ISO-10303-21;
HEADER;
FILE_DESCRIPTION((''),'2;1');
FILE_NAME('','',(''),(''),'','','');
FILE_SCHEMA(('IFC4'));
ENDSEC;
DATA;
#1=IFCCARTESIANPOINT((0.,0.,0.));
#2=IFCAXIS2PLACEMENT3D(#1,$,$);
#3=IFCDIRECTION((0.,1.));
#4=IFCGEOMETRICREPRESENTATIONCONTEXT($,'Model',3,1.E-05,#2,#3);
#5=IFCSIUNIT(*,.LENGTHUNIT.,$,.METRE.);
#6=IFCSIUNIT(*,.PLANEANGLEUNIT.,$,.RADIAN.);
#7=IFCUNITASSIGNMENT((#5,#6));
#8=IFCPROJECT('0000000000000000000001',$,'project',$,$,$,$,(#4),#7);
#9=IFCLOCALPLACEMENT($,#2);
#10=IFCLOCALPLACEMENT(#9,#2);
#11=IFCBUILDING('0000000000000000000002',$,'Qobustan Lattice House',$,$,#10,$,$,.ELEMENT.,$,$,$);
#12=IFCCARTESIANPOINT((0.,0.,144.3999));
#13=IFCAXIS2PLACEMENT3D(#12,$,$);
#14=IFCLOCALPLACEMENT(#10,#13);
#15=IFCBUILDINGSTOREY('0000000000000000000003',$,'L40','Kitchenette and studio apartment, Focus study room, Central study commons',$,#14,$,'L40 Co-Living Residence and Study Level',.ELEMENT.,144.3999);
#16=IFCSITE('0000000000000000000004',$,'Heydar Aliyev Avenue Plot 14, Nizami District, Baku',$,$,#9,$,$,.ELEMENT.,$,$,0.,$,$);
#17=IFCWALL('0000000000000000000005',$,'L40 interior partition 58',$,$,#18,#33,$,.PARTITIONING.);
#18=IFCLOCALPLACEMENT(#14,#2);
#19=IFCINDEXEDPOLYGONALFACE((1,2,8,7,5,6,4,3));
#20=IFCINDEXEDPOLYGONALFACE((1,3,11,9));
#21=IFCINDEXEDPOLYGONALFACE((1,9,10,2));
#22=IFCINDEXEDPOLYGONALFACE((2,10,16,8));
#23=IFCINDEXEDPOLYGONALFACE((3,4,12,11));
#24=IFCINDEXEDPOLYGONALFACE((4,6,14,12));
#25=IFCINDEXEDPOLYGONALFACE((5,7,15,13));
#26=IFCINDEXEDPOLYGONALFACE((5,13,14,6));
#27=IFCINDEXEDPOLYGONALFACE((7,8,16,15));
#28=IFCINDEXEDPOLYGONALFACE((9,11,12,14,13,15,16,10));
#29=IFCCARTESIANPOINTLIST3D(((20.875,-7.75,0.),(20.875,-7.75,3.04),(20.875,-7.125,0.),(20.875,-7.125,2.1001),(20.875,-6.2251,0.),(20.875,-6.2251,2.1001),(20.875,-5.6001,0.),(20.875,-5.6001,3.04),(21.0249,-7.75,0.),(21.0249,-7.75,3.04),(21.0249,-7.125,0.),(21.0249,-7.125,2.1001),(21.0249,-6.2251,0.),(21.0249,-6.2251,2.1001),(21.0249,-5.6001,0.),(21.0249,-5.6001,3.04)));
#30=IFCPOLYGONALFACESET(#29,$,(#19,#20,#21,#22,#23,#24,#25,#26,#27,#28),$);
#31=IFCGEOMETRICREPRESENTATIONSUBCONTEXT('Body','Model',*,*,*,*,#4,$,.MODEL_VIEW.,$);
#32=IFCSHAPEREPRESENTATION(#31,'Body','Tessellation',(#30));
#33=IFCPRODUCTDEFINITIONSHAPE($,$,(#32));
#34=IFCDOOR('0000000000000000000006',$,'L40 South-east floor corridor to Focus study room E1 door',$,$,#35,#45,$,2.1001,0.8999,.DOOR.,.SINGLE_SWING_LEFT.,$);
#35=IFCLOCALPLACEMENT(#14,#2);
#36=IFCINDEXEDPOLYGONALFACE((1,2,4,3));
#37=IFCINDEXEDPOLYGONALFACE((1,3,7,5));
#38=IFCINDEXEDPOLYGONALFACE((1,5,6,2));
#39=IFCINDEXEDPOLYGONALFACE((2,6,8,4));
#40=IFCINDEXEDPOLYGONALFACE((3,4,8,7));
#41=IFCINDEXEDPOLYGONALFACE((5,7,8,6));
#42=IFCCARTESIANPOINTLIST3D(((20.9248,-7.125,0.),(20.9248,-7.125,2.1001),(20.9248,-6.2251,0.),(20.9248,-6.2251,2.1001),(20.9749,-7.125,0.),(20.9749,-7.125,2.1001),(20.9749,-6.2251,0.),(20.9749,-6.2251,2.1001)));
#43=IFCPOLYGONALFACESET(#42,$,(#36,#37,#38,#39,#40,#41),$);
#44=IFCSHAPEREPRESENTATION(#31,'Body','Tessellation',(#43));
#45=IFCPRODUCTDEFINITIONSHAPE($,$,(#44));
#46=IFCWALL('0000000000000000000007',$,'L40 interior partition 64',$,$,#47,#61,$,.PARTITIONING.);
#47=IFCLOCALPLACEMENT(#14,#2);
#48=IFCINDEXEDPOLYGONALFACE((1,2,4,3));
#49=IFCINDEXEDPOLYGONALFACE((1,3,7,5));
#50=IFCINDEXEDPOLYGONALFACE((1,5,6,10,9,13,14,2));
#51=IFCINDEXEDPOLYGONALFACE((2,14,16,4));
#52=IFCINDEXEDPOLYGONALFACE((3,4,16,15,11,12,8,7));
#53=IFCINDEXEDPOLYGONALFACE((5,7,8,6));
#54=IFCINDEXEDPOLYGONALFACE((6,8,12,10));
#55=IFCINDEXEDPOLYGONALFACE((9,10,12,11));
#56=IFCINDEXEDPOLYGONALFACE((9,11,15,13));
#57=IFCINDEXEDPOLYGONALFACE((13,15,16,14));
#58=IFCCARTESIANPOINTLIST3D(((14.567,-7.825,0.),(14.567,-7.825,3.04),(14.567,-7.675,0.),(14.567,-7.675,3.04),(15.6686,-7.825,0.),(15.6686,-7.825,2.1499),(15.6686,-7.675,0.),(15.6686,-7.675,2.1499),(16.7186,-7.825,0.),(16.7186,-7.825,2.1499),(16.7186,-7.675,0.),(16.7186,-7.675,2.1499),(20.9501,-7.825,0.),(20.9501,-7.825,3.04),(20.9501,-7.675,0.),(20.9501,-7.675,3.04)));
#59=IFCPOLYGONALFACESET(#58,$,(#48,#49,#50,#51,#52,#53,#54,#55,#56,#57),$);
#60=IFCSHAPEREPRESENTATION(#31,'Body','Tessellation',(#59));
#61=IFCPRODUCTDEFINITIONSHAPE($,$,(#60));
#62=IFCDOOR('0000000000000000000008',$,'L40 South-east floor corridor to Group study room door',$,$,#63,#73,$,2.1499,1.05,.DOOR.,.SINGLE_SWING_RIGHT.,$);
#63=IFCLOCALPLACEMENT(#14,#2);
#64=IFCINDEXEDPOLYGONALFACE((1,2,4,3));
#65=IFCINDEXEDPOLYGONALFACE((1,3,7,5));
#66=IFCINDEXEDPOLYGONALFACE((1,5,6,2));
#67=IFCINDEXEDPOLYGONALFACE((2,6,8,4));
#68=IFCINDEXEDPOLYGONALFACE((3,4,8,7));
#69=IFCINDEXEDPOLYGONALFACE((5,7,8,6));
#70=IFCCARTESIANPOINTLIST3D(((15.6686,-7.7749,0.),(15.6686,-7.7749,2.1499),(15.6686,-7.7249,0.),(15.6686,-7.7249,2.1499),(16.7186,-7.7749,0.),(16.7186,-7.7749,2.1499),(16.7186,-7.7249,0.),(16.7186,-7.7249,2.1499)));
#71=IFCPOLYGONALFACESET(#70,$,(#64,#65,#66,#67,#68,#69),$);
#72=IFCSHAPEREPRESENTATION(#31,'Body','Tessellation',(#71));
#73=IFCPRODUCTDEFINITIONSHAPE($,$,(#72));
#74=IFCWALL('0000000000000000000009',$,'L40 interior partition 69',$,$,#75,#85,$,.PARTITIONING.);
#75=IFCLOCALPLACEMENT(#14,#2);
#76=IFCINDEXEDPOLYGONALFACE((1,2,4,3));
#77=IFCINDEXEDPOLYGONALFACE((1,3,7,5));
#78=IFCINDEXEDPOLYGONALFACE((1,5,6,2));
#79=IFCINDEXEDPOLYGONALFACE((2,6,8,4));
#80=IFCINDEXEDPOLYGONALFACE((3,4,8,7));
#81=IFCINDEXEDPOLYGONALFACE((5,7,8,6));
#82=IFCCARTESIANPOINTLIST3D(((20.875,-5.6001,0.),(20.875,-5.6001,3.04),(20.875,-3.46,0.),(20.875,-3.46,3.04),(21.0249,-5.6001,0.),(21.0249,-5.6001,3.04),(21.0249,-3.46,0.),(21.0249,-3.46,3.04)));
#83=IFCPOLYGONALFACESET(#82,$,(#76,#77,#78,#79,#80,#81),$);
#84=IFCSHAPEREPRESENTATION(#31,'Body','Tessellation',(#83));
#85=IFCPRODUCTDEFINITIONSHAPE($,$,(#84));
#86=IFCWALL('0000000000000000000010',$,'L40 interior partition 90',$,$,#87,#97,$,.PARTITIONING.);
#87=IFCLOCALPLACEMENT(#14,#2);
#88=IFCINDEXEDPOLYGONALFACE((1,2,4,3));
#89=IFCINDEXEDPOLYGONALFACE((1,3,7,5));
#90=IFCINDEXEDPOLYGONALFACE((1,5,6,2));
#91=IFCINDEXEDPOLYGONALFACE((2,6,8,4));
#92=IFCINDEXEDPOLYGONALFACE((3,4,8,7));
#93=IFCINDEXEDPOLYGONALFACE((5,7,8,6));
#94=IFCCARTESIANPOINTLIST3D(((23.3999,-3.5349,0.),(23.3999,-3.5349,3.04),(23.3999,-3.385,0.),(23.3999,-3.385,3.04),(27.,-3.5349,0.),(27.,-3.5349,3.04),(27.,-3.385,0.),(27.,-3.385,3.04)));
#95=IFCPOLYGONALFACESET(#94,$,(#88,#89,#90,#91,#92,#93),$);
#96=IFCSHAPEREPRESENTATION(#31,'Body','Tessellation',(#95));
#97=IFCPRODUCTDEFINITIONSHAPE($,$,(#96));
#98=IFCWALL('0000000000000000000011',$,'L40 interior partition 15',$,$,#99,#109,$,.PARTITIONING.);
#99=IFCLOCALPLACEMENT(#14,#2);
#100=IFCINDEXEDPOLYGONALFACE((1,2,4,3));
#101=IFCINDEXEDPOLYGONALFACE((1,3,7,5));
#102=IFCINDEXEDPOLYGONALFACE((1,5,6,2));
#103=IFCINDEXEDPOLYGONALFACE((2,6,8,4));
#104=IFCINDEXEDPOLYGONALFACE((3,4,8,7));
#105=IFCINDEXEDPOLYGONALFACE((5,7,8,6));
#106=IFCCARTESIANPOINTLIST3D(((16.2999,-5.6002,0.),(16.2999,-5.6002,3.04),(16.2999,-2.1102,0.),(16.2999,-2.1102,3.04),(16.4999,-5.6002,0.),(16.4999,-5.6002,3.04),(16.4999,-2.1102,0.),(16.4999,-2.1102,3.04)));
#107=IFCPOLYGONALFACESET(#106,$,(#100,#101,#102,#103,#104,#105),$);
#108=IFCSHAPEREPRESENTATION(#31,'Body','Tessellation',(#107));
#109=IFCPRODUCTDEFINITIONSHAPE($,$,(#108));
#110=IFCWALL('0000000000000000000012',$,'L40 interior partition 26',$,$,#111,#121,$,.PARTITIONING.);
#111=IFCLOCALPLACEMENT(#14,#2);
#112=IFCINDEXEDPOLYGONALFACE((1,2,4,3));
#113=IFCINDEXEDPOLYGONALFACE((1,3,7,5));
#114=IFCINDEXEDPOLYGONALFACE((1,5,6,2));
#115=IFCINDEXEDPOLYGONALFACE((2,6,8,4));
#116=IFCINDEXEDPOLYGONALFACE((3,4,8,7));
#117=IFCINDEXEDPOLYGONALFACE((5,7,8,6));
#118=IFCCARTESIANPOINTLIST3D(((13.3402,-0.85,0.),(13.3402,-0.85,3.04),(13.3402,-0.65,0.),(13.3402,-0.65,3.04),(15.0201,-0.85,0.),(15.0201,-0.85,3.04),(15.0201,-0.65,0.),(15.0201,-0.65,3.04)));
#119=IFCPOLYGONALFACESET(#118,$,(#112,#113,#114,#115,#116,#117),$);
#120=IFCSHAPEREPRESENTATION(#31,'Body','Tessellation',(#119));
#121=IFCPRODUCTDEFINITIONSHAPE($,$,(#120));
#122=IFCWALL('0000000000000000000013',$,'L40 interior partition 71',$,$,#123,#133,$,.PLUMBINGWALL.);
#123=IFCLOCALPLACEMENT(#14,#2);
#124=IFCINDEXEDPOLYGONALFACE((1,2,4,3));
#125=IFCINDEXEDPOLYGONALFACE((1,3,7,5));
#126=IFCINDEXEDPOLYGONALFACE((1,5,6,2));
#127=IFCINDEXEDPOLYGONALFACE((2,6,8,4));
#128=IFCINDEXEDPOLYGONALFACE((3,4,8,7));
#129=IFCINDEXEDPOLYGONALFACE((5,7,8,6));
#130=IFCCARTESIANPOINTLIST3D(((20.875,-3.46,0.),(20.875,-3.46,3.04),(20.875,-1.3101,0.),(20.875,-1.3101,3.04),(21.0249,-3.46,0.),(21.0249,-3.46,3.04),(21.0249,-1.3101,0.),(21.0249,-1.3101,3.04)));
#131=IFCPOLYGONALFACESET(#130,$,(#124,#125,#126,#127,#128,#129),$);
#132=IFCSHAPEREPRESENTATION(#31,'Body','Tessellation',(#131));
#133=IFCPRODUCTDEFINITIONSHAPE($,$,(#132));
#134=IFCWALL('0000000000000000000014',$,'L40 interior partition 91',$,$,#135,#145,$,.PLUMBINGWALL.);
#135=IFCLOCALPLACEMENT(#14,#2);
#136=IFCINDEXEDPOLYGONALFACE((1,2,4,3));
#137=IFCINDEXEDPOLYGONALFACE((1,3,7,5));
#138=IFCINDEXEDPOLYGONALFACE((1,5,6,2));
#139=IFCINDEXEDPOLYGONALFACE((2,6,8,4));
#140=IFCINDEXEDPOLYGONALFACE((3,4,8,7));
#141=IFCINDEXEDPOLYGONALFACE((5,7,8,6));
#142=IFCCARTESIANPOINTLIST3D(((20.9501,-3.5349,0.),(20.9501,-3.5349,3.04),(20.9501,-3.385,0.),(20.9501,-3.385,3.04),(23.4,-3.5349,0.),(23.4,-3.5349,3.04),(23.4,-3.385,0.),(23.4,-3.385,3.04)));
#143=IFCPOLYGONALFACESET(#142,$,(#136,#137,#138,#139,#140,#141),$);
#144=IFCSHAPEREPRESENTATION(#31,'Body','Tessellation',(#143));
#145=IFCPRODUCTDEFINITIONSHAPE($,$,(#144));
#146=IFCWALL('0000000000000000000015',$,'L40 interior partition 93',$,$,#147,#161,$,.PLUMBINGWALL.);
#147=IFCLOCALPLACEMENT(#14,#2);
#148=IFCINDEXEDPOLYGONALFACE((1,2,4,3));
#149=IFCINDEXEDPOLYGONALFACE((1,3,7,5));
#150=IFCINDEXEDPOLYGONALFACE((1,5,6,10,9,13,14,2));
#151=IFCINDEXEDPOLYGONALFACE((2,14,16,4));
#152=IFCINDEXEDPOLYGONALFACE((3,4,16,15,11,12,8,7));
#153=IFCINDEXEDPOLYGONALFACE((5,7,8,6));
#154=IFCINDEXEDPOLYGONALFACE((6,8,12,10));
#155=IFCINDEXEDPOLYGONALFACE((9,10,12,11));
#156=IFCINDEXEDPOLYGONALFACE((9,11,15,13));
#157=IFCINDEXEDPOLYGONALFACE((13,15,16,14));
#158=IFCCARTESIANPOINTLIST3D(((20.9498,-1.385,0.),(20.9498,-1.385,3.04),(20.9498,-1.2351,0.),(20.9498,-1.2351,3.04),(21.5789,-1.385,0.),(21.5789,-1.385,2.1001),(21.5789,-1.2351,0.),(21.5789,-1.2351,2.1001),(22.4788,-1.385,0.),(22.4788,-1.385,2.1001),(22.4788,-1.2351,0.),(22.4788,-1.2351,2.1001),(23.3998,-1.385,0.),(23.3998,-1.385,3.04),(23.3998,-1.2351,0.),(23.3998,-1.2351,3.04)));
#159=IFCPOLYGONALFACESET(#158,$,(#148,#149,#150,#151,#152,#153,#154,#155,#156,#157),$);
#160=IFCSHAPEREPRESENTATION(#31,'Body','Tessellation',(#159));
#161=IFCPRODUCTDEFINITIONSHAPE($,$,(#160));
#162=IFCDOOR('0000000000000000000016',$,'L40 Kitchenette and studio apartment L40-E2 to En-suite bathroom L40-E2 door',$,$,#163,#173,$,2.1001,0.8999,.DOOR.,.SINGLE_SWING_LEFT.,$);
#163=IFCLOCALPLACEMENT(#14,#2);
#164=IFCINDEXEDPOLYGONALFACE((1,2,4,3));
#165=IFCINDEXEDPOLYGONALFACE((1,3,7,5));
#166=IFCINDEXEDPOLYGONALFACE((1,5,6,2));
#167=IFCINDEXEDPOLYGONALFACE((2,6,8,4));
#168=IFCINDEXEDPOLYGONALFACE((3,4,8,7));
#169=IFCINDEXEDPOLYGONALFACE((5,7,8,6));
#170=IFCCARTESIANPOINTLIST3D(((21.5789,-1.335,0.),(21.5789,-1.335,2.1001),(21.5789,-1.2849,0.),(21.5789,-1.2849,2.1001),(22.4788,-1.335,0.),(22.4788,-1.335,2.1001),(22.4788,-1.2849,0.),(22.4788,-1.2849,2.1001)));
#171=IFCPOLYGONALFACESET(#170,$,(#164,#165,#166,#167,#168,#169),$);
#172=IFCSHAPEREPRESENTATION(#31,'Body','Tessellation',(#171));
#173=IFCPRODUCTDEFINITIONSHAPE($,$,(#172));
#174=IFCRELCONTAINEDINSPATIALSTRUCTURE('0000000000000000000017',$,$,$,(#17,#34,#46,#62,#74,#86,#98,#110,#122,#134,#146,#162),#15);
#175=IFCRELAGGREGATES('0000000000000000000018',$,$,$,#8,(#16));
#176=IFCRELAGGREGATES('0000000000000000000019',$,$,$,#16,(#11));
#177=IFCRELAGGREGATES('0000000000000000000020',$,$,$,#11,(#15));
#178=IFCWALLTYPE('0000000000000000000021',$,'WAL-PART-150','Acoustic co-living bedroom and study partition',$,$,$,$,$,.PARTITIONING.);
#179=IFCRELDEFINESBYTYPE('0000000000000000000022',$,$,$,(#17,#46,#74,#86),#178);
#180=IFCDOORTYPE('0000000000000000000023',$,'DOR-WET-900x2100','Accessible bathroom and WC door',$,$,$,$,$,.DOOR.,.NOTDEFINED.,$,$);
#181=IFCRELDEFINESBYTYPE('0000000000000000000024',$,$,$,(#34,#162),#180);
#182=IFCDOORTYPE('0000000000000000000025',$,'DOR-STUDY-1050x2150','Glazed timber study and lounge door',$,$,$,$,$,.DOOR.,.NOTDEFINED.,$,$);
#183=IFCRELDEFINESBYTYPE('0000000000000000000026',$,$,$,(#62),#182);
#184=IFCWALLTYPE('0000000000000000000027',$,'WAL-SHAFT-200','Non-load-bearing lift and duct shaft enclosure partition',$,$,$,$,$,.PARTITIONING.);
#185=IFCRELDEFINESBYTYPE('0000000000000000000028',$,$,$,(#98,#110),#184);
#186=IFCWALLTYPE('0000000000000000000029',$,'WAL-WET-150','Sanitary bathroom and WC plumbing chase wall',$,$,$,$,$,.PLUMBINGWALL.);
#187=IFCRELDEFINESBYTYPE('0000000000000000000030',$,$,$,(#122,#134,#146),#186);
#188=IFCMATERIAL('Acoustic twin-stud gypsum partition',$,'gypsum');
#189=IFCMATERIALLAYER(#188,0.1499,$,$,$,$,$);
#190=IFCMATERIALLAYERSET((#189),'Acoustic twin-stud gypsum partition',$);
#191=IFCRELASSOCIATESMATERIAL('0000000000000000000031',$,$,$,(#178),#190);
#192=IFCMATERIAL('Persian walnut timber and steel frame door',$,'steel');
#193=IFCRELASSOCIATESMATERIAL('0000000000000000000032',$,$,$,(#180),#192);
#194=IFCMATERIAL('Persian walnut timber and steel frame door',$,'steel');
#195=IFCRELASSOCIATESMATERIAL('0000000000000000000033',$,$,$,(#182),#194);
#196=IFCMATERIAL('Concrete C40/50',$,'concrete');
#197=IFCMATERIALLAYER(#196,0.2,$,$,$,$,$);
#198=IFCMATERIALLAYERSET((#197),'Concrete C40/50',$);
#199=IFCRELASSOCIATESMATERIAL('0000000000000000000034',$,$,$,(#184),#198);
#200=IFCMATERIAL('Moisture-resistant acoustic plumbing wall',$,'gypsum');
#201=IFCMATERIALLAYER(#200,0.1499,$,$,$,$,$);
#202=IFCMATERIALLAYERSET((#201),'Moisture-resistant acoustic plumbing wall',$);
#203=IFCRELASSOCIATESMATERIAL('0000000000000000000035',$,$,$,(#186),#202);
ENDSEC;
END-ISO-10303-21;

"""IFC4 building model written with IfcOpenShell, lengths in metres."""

from ifc_helpers import new_model, si_unit, direction, frame, frame_2d, origin, place, context, subcontext, project, spatial, rectangle, extrude, material, layer, layer_set, type_object, element, fill, save


model = new_model("IFC4")

# Units and contexts
model_context = context("Model", 3, precision=1e-05, world=origin(), true_north=direction((0.0, 1.0)))
body_context = subcontext(model_context, "Body", "Model", "MODEL_VIEW")
ifc_project = project(units=[si_unit("LENGTHUNIT", "METRE"), si_unit("PLANEANGLEUNIT", "RADIAN")], contexts=[model_context])

# Site, building, storey
site_placement = place(None, origin())
site = spatial("IfcSite", under=ifc_project, at=site_placement, Name="Heydar Aliyev Avenue Plot 14, Nizami District, Baku", CompositionType="ELEMENT", RefElevation=0.0)
building_placement = place(site_placement, origin())
building = spatial("IfcBuilding", under=site, at=building_placement, Name="Qobustan Lattice House", CompositionType="ELEMENT")
storey_placement = place(building_placement, frame((0.0, 0.0, 144.3999)))
storey = spatial("IfcBuildingStorey", under=building, at=storey_placement, Name="L40", Description="Kitchenette and studio apartment, Focus study room, Central study commons", LongName="L40 Co-Living Residence and Study Level", CompositionType="ELEMENT", Elevation=144.3999)

# Walls, openings, doors
ifc_material_1 = material(Name="Acoustic twin-stud gypsum partition", Category="gypsum")
ifc_layer_1 = layer(ifc_material_1, 0.1499)
ifc_layer_set_1 = layer_set([ifc_layer_1], Name="Acoustic twin-stud gypsum partition")
wall_type_1 = type_object("IfcWallType", Name="WAL-PART-150", Description="Acoustic co-living bedroom and study partition", PredefinedType="PARTITIONING", material=ifc_layer_set_1)
wall_1_placement = place(storey_placement, frame((20.95, -5.6001, 0.0), z_axis=(0.0, 0.0, 1.0), x_axis=(0.0, -1.0, 0.0)))
wall_1 = element("IfcWall", 1, at=wall_1_placement, inside=storey, type_object=wall_type_1, Name="L40 interior partition 58", PredefinedType="PARTITIONING", context=body_context, shape_type="SweptSolid", body=[
    extrude(rectangle(XDim=2.1499, YDim=0.1499, at=frame_2d((1.075, 0.0))), origin(), (0.0, 0.0, 1.0), 3.04),
])
opening_1_placement = place(wall_1_placement, frame((0.625, 0.0, 0.0)))
opening_1 = element("IfcOpeningElement", 2, at=opening_1_placement, cuts=wall_1, PredefinedType="OPENING", context=body_context, shape_type="SweptSolid", body=[
    extrude(rectangle(XDim=0.8999, YDim=2.1001, at=frame_2d((0.45, 1.05))), frame((0.0, 0.085, 0.0), z_axis=(0.0, -1.0, 0.0), x_axis=(1.0, 0.0, 0.0)), (0.0, 0.0, 1.0), 0.1699),
])
ifc_material_2 = material(Name="Persian walnut timber and steel frame door", Category="steel")
door_type_1 = type_object("IfcDoorType", Name="DOR-WET-900x2100", Description="Accessible bathroom and WC door", OperationType="NOTDEFINED", PredefinedType="DOOR", material=ifc_material_2)
door_1_placement = place(opening_1_placement, origin())
door_1 = element("IfcDoor", 3, at=door_1_placement, inside=storey, type_object=door_type_1, Name="L40 South-east floor corridor to Focus study room E1 door", OperationType="SINGLE_SWING_LEFT", OverallHeight=2.1001, OverallWidth=0.8999, PredefinedType="DOOR", context=body_context, shape_type="SweptSolid", body=[
    extrude(rectangle(XDim=0.8999, YDim=2.1001, at=frame_2d((0.45, 1.05))), frame((0.0, 0.0249, 0.0), z_axis=(0.0, -1.0, 0.0), x_axis=(1.0, 0.0, 0.0)), (0.0, 0.0, 1.0), 0.05),
])
fill(opening_1, door_1)
wall_2_placement = place(storey_placement, frame((20.95, -7.75, 0.0), z_axis=(0.0, 0.0, 1.0), x_axis=(-1.0, 0.0, 0.0)))
wall_2 = element("IfcWall", 4, at=wall_2_placement, inside=storey, type_object=wall_type_1, Name="L40 interior partition 64", PredefinedType="PARTITIONING", context=body_context, shape_type="SweptSolid", body=[
    extrude(rectangle(XDim=6.3831, YDim=0.1499, at=frame_2d((3.1914, 0.0))), origin(), (0.0, 0.0, 1.0), 3.04),
])
opening_2_placement = place(wall_2_placement, frame((4.2314, 0.0, 0.0)))
opening_2 = element("IfcOpeningElement", 5, at=opening_2_placement, cuts=wall_2, PredefinedType="OPENING", context=body_context, shape_type="SweptSolid", body=[
    extrude(rectangle(XDim=1.05, YDim=2.1499, at=frame_2d((0.5249, 1.075))), frame((0.0, 0.085, 0.0), z_axis=(0.0, -1.0, 0.0), x_axis=(1.0, 0.0, 0.0)), (0.0, 0.0, 1.0), 0.1699),
])
ifc_material_3 = material(Name="Persian walnut timber and steel frame door", Category="steel")
door_type_2 = type_object("IfcDoorType", Name="DOR-STUDY-1050x2150", Description="Glazed timber study and lounge door", OperationType="NOTDEFINED", PredefinedType="DOOR", material=ifc_material_3)
door_2_placement = place(opening_2_placement, origin())
door_2 = element("IfcDoor", 6, at=door_2_placement, inside=storey, type_object=door_type_2, Name="L40 South-east floor corridor to Group study room door", OperationType="SINGLE_SWING_RIGHT", OverallHeight=2.1499, OverallWidth=1.05, PredefinedType="DOOR", context=body_context, shape_type="SweptSolid", body=[
    extrude(rectangle(XDim=1.05, YDim=2.1499, at=frame_2d((0.5249, 1.075))), frame((0.0, 0.0249, 0.0), z_axis=(0.0, -1.0, 0.0), x_axis=(1.0, 0.0, 0.0)), (0.0, 0.0, 1.0), 0.05),
])
fill(opening_2, door_2)

# Walls
wall_3_placement = place(storey_placement, frame((20.95, -3.46, 0.0), z_axis=(0.0, 0.0, 1.0), x_axis=(0.0, -1.0, 0.0)))
element("IfcWall", 7, at=wall_3_placement, inside=storey, type_object=wall_type_1, Name="L40 interior partition 69", PredefinedType="PARTITIONING", context=body_context, shape_type="SweptSolid", body=[
    extrude(rectangle(XDim=2.1401, YDim=0.1499, at=frame_2d((1.0701, 0.0))), origin(), (0.0, 0.0, 1.0), 3.04),
])
wall_4_placement = place(storey_placement, frame((23.3999, -3.46, 0.0), z_axis=(0.0, 0.0, 1.0), x_axis=(1.0, 0.0, 0.0)))
element("IfcWall", 8, at=wall_4_placement, inside=storey, type_object=wall_type_1, Name="L40 interior partition 90", PredefinedType="PARTITIONING", context=body_context, shape_type="SweptSolid", body=[
    extrude(rectangle(XDim=3.6001, YDim=0.1499, at=frame_2d((1.8, 0.0))), origin(), (0.0, 0.0, 1.0), 3.04),
])
ifc_material_4 = material(Name="Concrete C40/50", Category="concrete")
ifc_layer_2 = layer(ifc_material_4, 0.2)
ifc_layer_set_2 = layer_set([ifc_layer_2], Name="Concrete C40/50")
wall_type_2 = type_object("IfcWallType", Name="WAL-SHAFT-200", Description="Non-load-bearing lift and duct shaft enclosure partition", PredefinedType="PARTITIONING", material=ifc_layer_set_2)
wall_5_placement = place(storey_placement, frame((16.3999, -2.1101, 0.0), z_axis=(0.0, 0.0, 1.0), x_axis=(0.0, -1.0, 0.0)))
element("IfcWall", 9, at=wall_5_placement, inside=storey, type_object=wall_type_2, Name="L40 interior partition 15", PredefinedType="PARTITIONING", context=body_context, shape_type="SweptSolid", body=[
    extrude(rectangle(XDim=3.49, YDim=0.2, at=frame_2d((1.7451, 0.0))), origin(), (0.0, 0.0, 1.0), 3.04),
])
wall_6_placement = place(storey_placement, frame((15.02, -0.75, 0.0), z_axis=(0.0, 0.0, 1.0), x_axis=(-1.0, 0.0, 0.0)))
element("IfcWall", 10, at=wall_6_placement, inside=storey, type_object=wall_type_2, Name="L40 interior partition 26", PredefinedType="PARTITIONING", context=body_context, shape_type="SweptSolid", body=[
    extrude(rectangle(XDim=1.6799, YDim=0.2, at=frame_2d((0.8398, 0.0))), origin(), (0.0, 0.0, 1.0), 3.04),
])
ifc_material_5 = material(Name="Moisture-resistant acoustic plumbing wall", Category="gypsum")
ifc_layer_3 = layer(ifc_material_5, 0.1499)
ifc_layer_set_3 = layer_set([ifc_layer_3], Name="Moisture-resistant acoustic plumbing wall")
wall_type_3 = type_object("IfcWallType", Name="WAL-WET-150", Description="Sanitary bathroom and WC plumbing chase wall", PredefinedType="PLUMBINGWALL", material=ifc_layer_set_3)
wall_7_placement = place(storey_placement, frame((20.95, -1.3101, 0.0), z_axis=(0.0, 0.0, 1.0), x_axis=(0.0, -1.0, 0.0)))
element("IfcWall", 11, at=wall_7_placement, inside=storey, type_object=wall_type_3, Name="L40 interior partition 71", PredefinedType="PLUMBINGWALL", context=body_context, shape_type="SweptSolid", body=[
    extrude(rectangle(XDim=2.1499, YDim=0.1499, at=frame_2d((1.075, 0.0))), origin(), (0.0, 0.0, 1.0), 3.04),
])
wall_8_placement = place(storey_placement, frame((20.95, -3.46, 0.0), z_axis=(0.0, 0.0, 1.0), x_axis=(1.0, 0.0, 0.0)))
element("IfcWall", 12, at=wall_8_placement, inside=storey, type_object=wall_type_3, Name="L40 interior partition 91", PredefinedType="PLUMBINGWALL", context=body_context, shape_type="SweptSolid", body=[
    extrude(rectangle(XDim=2.45, YDim=0.1499, at=frame_2d((1.2251, 0.0))), origin(), (0.0, 0.0, 1.0), 3.04),
])

# Wall, opening, door
wall_9_placement = place(storey_placement, frame((23.3999, -1.3101, 0.0), z_axis=(0.0, 0.0, 1.0), x_axis=(-1.0, 0.0, 0.0)))
wall_9 = element("IfcWall", 13, at=wall_9_placement, inside=storey, type_object=wall_type_3, Name="L40 interior partition 93", PredefinedType="PLUMBINGWALL", context=body_context, shape_type="SweptSolid", body=[
    extrude(rectangle(XDim=2.45, YDim=0.1499, at=frame_2d((1.2251, 0.0))), origin(), (0.0, 0.0, 1.0), 3.04),
])
opening_3_placement = place(wall_9_placement, frame((0.9211, 0.0, 0.0)))
opening_3 = element("IfcOpeningElement", 14, at=opening_3_placement, cuts=wall_9, PredefinedType="OPENING", context=body_context, shape_type="SweptSolid", body=[
    extrude(rectangle(XDim=0.8999, YDim=2.1001, at=frame_2d((0.45, 1.05))), frame((0.0, 0.085, 0.0), z_axis=(0.0, -1.0, 0.0), x_axis=(1.0, 0.0, 0.0)), (0.0, 0.0, 1.0), 0.1699),
])
door_3_placement = place(opening_3_placement, origin())
door_3 = element("IfcDoor", 15, at=door_3_placement, inside=storey, type_object=door_type_1, Name="L40 Kitchenette and studio apartment L40-E2 to En-suite bathroom L40-E2 door", OperationType="SINGLE_SWING_LEFT", OverallHeight=2.1001, OverallWidth=0.8999, PredefinedType="DOOR", context=body_context, shape_type="SweptSolid", body=[
    extrude(rectangle(XDim=0.8999, YDim=2.1001, at=frame_2d((0.45, 1.05))), frame((0.0, 0.0249, 0.0), z_axis=(0.0, -1.0, 0.0), x_axis=(1.0, 0.0, 0.0)), (0.0, 0.0, 1.0), 0.05),
])
fill(opening_3, door_3)

save(model, "model.ifc")
